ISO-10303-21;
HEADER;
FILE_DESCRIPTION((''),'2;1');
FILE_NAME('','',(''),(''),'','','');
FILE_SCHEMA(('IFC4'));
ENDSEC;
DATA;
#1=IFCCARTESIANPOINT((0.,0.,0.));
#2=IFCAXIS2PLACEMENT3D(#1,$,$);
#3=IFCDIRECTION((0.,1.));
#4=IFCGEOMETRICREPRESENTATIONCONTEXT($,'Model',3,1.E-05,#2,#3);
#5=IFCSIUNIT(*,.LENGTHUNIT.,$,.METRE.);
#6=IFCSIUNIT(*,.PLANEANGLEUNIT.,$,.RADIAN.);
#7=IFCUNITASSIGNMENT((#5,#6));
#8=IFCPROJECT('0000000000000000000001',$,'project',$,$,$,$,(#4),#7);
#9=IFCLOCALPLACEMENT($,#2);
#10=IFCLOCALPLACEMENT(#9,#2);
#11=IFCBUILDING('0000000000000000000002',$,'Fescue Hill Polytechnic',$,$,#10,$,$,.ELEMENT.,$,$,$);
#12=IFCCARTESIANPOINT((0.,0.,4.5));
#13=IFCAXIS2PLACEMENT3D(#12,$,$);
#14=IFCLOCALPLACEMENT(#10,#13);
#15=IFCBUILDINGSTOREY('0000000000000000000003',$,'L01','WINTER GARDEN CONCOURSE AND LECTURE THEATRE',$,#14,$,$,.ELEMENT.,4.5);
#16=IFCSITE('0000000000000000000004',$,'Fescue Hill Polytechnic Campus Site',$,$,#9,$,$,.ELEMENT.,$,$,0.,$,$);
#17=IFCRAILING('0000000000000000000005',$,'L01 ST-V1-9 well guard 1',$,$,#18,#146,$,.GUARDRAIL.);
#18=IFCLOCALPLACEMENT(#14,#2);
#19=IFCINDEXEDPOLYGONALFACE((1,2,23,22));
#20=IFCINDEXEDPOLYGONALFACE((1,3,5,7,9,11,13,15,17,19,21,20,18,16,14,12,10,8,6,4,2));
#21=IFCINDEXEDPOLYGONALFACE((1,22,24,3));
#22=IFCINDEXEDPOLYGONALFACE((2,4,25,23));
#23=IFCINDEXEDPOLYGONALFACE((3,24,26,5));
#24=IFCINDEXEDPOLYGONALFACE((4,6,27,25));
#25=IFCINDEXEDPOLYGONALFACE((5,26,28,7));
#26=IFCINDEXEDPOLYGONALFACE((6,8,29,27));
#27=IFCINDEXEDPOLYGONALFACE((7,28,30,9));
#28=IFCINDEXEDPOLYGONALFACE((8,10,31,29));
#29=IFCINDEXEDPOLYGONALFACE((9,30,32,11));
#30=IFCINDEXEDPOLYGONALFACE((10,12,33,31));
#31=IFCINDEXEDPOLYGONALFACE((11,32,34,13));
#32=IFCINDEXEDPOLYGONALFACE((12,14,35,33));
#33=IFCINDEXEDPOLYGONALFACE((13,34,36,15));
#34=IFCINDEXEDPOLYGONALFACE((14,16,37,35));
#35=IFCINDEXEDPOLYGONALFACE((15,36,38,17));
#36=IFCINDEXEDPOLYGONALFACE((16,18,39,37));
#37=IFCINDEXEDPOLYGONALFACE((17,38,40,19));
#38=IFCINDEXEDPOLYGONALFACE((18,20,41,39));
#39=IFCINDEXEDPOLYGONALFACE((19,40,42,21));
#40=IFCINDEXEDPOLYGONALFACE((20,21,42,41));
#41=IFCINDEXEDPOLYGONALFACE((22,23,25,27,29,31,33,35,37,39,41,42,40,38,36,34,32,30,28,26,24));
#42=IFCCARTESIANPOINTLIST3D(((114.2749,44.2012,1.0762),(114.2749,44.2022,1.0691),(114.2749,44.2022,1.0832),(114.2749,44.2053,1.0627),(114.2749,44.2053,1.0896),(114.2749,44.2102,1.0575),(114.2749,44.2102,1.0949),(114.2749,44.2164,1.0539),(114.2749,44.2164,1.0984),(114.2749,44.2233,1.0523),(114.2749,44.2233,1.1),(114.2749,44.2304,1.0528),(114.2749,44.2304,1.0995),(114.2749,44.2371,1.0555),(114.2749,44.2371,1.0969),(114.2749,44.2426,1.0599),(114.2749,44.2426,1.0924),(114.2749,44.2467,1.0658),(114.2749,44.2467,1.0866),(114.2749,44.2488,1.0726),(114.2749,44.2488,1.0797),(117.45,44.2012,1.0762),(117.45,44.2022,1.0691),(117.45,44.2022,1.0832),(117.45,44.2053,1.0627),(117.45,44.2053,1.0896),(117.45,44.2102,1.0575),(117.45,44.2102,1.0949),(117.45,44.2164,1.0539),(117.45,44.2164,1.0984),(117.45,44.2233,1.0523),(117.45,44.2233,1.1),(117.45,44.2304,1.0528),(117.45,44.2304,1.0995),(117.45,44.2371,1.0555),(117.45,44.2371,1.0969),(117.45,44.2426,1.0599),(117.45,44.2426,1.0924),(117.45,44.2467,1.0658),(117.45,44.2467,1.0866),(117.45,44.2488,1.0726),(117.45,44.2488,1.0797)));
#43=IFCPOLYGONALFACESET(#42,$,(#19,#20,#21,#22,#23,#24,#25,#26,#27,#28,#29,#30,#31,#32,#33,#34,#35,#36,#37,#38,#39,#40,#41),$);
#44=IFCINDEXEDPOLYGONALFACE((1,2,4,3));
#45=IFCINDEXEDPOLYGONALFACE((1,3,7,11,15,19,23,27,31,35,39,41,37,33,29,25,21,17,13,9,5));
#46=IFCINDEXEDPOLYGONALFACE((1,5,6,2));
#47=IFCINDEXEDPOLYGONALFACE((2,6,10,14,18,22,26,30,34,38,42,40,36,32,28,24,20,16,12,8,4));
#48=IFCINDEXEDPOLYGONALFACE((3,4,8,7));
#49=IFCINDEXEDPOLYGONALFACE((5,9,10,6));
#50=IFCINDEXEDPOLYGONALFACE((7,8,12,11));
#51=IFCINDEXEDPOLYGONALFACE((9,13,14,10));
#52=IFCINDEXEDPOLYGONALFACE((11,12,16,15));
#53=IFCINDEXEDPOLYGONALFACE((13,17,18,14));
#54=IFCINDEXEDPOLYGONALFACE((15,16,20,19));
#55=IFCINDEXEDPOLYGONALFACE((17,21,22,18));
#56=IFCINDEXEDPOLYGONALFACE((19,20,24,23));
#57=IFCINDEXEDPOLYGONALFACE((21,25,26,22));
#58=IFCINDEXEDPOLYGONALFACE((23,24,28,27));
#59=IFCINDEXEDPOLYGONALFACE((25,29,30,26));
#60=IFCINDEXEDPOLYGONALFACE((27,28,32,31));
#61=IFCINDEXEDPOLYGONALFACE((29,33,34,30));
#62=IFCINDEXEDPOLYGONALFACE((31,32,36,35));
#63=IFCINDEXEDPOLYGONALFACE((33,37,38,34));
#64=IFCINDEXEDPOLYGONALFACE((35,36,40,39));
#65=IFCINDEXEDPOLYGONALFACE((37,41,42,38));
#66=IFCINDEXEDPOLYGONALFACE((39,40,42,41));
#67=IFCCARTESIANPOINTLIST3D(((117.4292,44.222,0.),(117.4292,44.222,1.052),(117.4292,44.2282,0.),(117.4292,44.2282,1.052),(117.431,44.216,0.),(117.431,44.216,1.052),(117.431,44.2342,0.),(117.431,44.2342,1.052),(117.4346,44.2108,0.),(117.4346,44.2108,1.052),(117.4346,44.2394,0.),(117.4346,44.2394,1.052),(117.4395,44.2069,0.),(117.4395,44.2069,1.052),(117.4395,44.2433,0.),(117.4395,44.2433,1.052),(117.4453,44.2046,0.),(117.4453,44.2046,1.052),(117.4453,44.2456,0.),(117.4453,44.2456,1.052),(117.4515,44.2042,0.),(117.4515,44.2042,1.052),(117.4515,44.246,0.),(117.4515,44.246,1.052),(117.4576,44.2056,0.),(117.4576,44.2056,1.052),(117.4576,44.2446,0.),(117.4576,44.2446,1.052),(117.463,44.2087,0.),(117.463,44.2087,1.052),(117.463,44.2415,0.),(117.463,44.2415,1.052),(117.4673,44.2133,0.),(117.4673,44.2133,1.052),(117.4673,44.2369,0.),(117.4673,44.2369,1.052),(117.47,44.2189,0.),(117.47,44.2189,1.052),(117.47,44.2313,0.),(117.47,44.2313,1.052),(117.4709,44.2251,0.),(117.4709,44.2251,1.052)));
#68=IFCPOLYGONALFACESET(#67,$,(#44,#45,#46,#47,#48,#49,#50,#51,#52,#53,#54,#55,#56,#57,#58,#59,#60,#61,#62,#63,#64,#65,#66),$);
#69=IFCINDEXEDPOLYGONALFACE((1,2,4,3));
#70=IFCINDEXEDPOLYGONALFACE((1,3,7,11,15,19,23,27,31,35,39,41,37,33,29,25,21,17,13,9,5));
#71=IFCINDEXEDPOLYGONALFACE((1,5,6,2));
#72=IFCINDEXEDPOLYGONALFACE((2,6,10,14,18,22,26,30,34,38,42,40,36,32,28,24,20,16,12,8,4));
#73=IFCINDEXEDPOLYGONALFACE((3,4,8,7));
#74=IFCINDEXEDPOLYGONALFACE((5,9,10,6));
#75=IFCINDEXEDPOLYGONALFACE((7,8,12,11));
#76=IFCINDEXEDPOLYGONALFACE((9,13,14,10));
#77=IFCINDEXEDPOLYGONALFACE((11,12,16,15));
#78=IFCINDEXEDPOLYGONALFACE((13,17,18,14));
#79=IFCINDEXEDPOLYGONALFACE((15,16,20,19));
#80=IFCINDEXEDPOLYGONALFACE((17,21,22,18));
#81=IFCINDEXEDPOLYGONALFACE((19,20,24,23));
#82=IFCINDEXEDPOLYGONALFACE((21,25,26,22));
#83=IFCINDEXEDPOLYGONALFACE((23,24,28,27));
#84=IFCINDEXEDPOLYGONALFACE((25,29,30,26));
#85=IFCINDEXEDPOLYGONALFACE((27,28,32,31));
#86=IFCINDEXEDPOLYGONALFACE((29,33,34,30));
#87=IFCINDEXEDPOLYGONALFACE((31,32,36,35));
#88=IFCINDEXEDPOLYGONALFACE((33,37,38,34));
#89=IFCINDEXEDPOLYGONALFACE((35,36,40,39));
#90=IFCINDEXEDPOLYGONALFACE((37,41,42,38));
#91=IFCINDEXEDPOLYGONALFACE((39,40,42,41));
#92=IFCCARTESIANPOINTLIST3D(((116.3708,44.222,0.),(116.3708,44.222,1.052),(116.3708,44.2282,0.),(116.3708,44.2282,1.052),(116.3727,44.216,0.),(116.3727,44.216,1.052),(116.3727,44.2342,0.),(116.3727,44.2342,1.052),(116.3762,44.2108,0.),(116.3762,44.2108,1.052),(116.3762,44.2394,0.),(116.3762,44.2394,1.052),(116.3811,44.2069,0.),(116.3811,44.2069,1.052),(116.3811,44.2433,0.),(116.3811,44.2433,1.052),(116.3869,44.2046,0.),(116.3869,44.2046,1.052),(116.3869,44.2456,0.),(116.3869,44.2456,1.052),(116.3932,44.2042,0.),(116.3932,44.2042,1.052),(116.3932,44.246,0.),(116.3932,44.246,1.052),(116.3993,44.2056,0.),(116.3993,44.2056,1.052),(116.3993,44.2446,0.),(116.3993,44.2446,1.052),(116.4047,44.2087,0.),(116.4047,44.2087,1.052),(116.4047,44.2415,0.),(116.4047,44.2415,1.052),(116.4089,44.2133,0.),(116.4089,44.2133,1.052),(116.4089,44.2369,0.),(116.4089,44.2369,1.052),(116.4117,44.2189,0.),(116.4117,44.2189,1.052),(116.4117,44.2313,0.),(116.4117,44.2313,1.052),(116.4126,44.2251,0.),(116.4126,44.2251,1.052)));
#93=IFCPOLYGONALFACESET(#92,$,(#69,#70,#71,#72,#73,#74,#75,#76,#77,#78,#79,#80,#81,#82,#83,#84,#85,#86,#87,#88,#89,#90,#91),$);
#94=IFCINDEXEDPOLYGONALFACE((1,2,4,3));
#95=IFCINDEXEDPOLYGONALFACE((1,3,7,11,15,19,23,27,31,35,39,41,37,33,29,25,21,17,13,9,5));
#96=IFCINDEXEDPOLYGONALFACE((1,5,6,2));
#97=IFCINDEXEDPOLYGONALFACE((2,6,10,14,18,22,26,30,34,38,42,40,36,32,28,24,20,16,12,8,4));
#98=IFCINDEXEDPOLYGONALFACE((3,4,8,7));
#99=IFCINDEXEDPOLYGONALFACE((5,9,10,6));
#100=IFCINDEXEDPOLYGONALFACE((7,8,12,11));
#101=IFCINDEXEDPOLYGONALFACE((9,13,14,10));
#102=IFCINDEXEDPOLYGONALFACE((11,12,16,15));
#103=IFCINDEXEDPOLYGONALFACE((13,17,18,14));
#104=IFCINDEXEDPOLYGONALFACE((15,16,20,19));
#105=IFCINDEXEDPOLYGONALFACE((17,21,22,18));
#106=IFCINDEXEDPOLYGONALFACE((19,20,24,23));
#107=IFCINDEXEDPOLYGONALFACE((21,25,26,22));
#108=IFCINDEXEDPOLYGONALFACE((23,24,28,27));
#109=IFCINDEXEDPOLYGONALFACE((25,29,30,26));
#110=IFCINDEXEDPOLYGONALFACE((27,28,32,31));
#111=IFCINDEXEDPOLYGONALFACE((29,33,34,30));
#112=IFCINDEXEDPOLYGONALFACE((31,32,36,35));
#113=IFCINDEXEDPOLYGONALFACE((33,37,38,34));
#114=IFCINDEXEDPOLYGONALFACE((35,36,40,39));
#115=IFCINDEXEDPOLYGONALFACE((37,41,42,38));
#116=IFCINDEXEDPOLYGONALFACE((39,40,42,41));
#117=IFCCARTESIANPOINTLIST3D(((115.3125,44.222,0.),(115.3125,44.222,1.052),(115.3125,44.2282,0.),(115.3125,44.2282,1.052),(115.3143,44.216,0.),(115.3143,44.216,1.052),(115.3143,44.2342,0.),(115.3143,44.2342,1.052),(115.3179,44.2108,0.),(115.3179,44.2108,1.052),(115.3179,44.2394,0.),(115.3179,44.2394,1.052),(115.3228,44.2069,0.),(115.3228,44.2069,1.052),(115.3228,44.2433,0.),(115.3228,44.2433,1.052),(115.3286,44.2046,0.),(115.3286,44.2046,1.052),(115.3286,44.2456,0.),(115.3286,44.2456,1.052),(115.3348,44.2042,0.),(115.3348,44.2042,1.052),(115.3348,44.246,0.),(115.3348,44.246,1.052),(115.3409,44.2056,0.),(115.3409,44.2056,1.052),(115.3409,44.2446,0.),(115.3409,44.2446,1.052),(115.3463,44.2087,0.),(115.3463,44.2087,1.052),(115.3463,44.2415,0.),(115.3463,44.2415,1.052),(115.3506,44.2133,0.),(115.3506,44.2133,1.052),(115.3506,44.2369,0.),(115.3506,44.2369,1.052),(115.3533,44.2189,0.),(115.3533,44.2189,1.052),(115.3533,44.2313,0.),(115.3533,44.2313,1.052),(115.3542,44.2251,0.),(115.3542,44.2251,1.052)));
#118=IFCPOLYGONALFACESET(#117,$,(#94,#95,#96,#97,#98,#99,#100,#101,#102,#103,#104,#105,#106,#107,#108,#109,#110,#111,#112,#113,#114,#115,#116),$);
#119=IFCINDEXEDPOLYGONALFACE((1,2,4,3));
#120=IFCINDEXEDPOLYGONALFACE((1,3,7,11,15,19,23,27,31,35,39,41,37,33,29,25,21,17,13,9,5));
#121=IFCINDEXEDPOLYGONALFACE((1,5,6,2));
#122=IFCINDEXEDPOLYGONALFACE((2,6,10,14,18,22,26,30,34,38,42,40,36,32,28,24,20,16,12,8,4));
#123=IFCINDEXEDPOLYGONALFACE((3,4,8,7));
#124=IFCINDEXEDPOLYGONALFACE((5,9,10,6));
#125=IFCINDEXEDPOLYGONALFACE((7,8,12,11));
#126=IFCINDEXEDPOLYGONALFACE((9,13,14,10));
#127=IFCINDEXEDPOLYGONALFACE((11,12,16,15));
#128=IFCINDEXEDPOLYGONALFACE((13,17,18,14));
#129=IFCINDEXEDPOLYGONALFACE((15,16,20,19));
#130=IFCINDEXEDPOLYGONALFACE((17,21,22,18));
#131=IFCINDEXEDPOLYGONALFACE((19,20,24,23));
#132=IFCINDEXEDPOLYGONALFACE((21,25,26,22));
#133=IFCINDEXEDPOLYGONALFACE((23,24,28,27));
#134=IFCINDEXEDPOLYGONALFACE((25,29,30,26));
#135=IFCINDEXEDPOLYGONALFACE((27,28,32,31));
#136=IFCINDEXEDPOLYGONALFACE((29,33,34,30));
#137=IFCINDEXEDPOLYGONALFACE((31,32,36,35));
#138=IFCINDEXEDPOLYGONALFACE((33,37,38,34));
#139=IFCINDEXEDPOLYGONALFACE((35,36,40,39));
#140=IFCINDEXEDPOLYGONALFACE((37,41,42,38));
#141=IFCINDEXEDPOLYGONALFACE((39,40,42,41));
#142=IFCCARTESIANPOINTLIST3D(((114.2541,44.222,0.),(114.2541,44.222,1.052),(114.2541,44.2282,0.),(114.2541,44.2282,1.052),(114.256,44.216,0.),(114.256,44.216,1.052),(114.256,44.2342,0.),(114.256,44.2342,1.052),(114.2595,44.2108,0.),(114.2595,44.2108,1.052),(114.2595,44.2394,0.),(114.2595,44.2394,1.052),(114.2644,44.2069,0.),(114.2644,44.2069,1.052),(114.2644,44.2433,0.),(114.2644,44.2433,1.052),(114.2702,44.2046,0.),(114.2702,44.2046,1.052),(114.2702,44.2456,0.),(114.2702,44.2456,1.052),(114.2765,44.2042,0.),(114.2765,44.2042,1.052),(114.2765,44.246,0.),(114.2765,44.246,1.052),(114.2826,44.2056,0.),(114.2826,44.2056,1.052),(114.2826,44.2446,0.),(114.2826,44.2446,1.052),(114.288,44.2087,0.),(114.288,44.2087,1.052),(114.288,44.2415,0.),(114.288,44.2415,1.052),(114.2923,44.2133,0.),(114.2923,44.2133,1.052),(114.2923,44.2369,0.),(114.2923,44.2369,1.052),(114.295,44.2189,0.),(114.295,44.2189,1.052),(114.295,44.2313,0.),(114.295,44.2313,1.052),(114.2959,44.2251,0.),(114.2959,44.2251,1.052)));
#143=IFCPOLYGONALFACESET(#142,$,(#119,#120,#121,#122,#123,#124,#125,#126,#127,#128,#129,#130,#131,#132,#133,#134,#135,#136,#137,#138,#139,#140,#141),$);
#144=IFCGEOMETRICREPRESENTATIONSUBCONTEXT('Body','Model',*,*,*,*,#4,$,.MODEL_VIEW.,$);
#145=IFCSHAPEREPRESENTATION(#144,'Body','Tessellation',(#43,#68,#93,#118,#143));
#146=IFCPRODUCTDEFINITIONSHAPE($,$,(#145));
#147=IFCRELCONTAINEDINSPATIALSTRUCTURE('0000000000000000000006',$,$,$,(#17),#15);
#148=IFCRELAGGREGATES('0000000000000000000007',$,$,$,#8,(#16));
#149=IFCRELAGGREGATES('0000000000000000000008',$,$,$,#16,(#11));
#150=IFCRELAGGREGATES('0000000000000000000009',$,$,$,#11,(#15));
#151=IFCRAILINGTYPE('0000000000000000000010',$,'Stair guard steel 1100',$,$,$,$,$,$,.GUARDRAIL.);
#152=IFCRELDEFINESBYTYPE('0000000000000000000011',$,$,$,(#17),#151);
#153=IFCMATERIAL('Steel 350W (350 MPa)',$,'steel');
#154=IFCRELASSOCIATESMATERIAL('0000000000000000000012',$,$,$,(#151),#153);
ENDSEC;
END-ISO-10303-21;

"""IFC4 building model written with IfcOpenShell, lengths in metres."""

from ifc_helpers import new_model, si_unit, direction, frame, origin, origin_2d, place, context, subcontext, project, spatial, circle, extrude, material, type_object, element, save


model = new_model("IFC4")

# Units and contexts
model_context = context("Model", 3, precision=1e-05, world=origin(), true_north=direction((0.0, 1.0)))
body_context = subcontext(model_context, "Body", "Model", "MODEL_VIEW")
ifc_project = project(units=[si_unit("LENGTHUNIT", "METRE"), si_unit("PLANEANGLEUNIT", "RADIAN")], contexts=[model_context])

# Site, building, storey
site_placement = place(None, origin())
site = spatial("IfcSite", under=ifc_project, at=site_placement, Name="Fescue Hill Polytechnic Campus Site", CompositionType="ELEMENT", RefElevation=0.0)
building_placement = place(site_placement, origin())
building = spatial("IfcBuilding", under=site, at=building_placement, Name="Fescue Hill Polytechnic", CompositionType="ELEMENT")
storey_placement = place(building_placement, frame((0.0, 0.0, 4.5)))
storey = spatial("IfcBuildingStorey", under=building, at=storey_placement, Name="L01", Description="WINTER GARDEN CONCOURSE AND LECTURE THEATRE", CompositionType="ELEMENT", Elevation=4.5)

# Shared definitions
ifc_material_1 = material(Name="Steel 350W (350 MPa)", Category="steel")

# Railing
railing_type_1 = type_object("IfcRailingType", Name="Stair guard steel 1100", PredefinedType="GUARDRAIL", material=ifc_material_1)
railing_1_placement = place(storey_placement, frame((117.45, 44.2251, 0.0)))
element("IfcRailing", 1, at=railing_1_placement, inside=storey, type_object=railing_type_1, Name="L01 ST-V1-9 well guard 1", PredefinedType="GUARDRAIL", context=body_context, shape_type="SweptSolid", body=[
    extrude(circle(Radius=0.0239, at=origin_2d()), frame((0.0, 0.0, 1.0762), z_axis=(-1.0, 0.0, 0.0), x_axis=(0.0, -1.0, 0.0)), (0.0, 0.0, 1.0), 3.175),
    extrude(circle(Radius=0.021, at=origin_2d()), origin(), (0.0, 0.0, 1.0), 1.052),
    extrude(circle(Radius=0.021, at=origin_2d()), frame((-1.0583, 0.0, 0.0)), (0.0, 0.0, 1.0), 1.052),
    extrude(circle(Radius=0.021, at=origin_2d()), frame((-2.1167, 0.0, 0.0)), (0.0, 0.0, 1.0), 1.052),
    extrude(circle(Radius=0.021, at=origin_2d()), frame((-3.175, 0.0, 0.0)), (0.0, 0.0, 1.0), 1.052),
])

save(model, "model.ifc")
